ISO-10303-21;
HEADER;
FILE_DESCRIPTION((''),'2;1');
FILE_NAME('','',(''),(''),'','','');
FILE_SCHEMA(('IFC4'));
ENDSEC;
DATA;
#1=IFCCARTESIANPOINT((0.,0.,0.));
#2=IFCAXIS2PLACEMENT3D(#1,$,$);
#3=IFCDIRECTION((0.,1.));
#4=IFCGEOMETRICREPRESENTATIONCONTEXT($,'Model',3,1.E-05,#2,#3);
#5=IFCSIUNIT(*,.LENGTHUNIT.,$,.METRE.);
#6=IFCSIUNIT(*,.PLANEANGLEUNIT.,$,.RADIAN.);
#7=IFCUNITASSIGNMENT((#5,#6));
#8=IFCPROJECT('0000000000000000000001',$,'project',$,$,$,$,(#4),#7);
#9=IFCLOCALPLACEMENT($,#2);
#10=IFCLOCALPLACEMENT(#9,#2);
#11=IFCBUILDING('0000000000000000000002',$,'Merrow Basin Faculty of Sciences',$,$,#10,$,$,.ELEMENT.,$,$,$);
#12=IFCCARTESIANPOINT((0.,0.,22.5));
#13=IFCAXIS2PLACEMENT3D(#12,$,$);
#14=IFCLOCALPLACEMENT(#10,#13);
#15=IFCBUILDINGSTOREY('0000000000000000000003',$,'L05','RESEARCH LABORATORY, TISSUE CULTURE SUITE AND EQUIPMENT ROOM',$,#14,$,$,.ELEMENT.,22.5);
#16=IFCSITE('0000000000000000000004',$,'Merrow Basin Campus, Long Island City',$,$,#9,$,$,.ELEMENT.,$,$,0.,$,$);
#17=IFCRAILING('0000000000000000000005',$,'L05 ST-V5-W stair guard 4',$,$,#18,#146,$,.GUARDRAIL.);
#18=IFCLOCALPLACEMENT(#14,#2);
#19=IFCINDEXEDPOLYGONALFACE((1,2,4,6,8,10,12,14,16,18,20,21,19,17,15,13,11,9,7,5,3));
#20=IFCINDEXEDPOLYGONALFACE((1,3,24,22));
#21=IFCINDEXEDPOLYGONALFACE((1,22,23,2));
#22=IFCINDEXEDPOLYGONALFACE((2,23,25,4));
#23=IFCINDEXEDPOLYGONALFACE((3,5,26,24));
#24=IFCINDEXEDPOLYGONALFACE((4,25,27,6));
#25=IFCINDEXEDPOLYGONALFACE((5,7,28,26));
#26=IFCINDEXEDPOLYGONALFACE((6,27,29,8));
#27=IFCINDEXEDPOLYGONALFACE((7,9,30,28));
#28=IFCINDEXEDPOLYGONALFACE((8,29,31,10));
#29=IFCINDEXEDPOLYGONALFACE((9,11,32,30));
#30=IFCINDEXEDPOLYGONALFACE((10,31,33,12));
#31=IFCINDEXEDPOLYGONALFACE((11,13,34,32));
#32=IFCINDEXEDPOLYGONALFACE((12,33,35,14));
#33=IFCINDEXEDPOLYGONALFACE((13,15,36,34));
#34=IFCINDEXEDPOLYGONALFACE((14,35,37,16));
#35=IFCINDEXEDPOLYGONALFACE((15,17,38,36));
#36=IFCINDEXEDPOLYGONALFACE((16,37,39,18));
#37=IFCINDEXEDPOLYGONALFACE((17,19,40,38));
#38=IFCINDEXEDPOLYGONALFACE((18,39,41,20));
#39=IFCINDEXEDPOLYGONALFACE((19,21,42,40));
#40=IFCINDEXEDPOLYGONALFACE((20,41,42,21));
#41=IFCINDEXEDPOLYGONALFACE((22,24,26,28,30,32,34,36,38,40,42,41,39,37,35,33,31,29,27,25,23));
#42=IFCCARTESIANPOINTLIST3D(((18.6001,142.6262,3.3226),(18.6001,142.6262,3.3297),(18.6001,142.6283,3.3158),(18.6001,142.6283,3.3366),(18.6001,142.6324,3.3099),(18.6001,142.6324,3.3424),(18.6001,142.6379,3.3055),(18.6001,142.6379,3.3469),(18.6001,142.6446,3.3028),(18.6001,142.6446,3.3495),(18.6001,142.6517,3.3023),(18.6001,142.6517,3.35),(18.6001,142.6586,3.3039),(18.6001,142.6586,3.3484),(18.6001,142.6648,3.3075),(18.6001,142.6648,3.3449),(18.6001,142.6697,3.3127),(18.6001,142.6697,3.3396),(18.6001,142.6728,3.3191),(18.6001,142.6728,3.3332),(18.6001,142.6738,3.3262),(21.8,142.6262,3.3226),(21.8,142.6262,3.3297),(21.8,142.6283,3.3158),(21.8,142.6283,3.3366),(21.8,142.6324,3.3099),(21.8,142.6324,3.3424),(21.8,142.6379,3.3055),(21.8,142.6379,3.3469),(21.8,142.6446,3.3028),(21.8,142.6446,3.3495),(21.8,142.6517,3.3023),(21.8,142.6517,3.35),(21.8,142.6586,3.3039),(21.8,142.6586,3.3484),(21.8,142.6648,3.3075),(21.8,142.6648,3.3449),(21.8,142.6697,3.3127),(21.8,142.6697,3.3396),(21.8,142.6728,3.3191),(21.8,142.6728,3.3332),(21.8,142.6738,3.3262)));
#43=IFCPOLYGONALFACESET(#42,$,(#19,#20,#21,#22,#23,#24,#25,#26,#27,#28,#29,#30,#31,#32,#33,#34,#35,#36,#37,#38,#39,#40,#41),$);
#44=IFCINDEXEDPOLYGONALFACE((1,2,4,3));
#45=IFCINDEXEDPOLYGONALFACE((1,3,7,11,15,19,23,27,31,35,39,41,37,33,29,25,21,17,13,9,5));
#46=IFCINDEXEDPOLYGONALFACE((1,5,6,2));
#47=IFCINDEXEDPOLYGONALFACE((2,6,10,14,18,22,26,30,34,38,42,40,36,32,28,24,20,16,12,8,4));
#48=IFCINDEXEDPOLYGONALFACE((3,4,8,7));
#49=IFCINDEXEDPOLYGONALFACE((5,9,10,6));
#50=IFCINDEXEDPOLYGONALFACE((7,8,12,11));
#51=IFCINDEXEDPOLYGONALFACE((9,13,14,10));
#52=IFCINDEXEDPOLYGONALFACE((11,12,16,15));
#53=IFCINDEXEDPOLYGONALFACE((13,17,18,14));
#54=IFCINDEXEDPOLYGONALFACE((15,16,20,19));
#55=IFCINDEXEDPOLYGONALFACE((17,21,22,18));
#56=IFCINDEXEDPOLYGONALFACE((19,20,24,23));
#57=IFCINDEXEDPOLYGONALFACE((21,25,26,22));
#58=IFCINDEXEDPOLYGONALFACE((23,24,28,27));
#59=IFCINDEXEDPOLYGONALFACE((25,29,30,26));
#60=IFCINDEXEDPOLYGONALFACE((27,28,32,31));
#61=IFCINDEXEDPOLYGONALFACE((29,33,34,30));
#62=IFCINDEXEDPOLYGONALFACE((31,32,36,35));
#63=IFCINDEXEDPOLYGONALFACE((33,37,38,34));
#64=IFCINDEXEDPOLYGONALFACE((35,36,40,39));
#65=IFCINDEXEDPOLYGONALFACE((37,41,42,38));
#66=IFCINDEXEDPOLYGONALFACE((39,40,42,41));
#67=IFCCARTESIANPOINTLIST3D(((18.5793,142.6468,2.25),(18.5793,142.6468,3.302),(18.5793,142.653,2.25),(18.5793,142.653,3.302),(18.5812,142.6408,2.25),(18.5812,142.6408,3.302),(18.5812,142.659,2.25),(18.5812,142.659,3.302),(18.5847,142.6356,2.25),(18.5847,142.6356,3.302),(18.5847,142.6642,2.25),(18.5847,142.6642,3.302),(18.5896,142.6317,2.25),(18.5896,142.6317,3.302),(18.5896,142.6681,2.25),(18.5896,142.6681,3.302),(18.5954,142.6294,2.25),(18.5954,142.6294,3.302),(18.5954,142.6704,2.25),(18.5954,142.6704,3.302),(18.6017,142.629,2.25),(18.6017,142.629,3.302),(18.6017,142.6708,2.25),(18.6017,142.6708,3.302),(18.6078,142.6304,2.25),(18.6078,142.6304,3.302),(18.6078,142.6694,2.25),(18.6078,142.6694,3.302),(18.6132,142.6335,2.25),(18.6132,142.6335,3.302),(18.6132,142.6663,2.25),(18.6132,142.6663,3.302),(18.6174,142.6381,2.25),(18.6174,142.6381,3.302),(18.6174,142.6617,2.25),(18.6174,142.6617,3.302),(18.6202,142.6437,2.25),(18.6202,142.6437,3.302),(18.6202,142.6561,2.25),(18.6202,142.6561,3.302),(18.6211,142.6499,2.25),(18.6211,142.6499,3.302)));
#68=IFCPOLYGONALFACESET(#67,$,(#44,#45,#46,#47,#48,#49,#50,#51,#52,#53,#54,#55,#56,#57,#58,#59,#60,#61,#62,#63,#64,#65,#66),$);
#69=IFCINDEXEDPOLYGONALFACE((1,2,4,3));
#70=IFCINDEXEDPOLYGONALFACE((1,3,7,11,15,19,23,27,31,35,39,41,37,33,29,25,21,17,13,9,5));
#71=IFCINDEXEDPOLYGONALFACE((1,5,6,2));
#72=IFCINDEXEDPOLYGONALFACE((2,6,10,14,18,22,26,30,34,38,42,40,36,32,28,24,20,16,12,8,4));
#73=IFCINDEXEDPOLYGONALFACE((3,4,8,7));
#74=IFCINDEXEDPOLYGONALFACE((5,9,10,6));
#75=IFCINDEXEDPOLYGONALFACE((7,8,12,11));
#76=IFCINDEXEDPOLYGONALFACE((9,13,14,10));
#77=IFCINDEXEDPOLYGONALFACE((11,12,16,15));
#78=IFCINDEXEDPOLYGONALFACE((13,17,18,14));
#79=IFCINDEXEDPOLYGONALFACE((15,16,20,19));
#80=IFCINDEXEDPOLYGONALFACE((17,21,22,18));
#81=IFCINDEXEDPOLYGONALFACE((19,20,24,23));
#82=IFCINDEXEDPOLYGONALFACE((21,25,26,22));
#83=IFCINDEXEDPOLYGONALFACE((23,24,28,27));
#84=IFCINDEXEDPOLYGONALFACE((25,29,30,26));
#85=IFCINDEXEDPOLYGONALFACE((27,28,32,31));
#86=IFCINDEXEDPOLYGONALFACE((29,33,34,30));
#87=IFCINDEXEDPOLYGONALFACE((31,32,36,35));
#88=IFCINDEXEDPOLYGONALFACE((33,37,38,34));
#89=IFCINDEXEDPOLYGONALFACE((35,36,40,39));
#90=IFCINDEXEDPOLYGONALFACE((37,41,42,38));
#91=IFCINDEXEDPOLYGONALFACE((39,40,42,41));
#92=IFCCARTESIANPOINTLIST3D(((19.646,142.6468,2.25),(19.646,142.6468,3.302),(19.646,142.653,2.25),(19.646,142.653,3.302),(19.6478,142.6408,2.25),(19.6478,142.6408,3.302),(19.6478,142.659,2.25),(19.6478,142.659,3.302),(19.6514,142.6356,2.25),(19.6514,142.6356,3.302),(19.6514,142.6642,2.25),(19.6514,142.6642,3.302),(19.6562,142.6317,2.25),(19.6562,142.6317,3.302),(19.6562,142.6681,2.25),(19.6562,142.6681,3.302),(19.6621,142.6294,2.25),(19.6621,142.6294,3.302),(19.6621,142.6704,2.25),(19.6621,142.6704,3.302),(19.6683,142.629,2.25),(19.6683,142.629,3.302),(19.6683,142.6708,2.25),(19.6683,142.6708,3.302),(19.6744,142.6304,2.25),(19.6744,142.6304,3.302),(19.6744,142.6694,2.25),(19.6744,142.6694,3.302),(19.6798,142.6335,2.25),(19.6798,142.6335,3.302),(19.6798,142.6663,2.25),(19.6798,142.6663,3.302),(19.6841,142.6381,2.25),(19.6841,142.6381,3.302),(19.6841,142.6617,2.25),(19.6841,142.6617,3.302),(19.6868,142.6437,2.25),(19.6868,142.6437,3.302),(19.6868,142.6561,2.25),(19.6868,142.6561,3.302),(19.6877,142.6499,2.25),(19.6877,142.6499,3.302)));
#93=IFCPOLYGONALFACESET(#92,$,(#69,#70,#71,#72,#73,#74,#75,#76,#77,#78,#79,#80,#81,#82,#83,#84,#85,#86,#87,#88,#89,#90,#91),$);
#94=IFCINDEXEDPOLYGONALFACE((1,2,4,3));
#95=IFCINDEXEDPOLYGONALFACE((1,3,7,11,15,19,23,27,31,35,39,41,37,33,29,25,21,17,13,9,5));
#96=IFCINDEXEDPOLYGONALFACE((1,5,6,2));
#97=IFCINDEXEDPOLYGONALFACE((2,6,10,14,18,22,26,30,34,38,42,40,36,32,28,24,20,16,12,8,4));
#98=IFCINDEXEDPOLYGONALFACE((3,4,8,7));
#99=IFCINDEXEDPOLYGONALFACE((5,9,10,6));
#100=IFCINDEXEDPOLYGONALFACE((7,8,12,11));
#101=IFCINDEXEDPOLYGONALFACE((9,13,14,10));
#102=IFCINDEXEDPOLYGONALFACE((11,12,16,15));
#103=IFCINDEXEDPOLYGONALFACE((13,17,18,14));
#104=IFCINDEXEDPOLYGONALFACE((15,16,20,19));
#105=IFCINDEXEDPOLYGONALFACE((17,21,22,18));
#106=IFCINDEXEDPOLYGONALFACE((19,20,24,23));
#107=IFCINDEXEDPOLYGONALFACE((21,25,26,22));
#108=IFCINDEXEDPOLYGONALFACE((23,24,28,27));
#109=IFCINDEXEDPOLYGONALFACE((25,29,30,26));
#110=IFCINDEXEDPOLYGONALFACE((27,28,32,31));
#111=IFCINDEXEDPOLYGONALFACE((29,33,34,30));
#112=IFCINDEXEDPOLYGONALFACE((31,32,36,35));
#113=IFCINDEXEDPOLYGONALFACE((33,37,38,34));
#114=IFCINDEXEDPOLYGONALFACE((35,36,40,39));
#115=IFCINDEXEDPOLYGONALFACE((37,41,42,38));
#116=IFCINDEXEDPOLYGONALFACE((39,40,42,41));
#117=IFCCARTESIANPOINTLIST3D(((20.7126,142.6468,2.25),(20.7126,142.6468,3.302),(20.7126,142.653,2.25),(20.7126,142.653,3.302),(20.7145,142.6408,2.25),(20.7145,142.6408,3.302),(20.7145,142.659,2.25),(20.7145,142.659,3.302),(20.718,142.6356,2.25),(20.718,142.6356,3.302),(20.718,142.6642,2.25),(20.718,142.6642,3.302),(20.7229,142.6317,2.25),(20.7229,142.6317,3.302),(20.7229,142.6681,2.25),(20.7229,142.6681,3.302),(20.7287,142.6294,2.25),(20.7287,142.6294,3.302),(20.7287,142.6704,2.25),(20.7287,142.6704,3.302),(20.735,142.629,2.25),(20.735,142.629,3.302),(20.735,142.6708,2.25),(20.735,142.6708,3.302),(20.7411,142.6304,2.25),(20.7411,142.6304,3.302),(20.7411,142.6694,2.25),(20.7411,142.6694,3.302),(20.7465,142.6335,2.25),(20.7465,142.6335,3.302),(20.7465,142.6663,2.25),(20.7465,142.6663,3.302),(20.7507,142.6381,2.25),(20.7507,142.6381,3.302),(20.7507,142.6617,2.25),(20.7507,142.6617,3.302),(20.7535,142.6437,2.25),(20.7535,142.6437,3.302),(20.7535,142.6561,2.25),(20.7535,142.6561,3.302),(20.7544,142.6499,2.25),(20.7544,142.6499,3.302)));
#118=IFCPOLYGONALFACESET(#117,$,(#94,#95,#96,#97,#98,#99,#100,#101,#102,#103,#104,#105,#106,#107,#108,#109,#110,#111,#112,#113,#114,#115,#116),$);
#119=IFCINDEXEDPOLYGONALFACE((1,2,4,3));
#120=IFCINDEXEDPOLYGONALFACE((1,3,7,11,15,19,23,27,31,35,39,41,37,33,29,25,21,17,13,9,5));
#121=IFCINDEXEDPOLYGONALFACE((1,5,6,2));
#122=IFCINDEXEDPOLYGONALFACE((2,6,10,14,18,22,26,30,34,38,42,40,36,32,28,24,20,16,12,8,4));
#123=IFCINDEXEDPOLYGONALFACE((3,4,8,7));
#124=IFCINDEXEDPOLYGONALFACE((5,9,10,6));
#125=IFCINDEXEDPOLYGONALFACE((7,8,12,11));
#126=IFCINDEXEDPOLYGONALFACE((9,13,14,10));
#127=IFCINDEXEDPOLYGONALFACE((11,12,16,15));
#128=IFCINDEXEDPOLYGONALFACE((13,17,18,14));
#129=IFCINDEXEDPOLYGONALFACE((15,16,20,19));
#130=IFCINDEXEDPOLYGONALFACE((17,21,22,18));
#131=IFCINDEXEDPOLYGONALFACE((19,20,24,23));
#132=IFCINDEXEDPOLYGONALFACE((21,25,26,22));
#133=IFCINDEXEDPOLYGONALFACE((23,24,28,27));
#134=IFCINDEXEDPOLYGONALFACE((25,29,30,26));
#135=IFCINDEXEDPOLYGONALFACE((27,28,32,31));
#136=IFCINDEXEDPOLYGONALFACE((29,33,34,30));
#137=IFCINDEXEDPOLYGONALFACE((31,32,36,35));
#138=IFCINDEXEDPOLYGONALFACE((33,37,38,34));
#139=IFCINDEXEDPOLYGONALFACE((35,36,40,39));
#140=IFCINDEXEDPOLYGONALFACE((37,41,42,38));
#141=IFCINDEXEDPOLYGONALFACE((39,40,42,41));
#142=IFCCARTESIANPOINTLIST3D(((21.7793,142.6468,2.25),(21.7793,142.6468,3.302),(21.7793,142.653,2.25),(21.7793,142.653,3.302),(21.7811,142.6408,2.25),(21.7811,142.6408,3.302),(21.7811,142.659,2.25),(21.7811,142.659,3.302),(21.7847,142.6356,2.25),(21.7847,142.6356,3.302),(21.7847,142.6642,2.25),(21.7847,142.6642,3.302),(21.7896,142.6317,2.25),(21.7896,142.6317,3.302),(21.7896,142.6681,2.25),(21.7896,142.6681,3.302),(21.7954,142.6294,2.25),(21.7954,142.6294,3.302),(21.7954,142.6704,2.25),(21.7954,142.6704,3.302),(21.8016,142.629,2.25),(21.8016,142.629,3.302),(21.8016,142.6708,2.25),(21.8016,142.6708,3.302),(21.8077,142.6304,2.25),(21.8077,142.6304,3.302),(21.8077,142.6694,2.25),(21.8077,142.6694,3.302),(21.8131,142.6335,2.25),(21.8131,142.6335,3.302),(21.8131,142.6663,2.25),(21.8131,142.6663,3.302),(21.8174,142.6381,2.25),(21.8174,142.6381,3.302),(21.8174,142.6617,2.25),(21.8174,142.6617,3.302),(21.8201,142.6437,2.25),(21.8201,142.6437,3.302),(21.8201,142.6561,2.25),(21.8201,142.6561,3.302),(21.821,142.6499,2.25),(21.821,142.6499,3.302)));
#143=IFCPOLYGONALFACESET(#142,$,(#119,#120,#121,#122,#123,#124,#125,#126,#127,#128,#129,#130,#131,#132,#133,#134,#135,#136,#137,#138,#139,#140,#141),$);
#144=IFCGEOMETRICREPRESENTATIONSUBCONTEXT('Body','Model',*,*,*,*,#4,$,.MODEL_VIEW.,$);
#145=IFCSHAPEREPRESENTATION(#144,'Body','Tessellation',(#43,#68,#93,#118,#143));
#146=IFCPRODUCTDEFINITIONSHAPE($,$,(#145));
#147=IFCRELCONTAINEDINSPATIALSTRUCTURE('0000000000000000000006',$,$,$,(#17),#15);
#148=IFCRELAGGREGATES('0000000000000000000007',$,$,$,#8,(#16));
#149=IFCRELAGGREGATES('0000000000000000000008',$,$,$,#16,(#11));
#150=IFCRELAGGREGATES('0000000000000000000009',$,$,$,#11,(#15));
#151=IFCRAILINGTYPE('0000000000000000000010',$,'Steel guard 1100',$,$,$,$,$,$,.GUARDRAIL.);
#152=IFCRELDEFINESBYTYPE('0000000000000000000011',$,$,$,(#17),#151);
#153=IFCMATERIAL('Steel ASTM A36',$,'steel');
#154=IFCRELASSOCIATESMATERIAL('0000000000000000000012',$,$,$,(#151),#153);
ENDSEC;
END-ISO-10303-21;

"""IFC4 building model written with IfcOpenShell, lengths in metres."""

from ifc_helpers import new_model, si_unit, direction, frame, origin, origin_2d, place, context, subcontext, project, spatial, circle, extrude, material, type_object, element, save


model = new_model("IFC4")

# Units and contexts
model_context = context("Model", 3, precision=1e-05, world=origin(), true_north=direction((0.0, 1.0)))
body_context = subcontext(model_context, "Body", "Model", "MODEL_VIEW")
ifc_project = project(units=[si_unit("LENGTHUNIT", "METRE"), si_unit("PLANEANGLEUNIT", "RADIAN")], contexts=[model_context])

# Site, building, storey
site_placement = place(None, origin())
site = spatial("IfcSite", under=ifc_project, at=site_placement, Name="Merrow Basin Campus, Long Island City", CompositionType="ELEMENT", RefElevation=0.0)
building_placement = place(site_placement, origin())
building = spatial("IfcBuilding", under=site, at=building_placement, Name="Merrow Basin Faculty of Sciences", CompositionType="ELEMENT")
storey_placement = place(building_placement, frame((0.0, 0.0, 22.5)))
storey = spatial("IfcBuildingStorey", under=building, at=storey_placement, Name="L05", Description="RESEARCH LABORATORY, TISSUE CULTURE SUITE AND EQUIPMENT ROOM", CompositionType="ELEMENT", Elevation=22.5)

# Railing
ifc_material_1 = material(Name="Steel ASTM A36", Category="steel")
railing_type_1 = type_object("IfcRailingType", Name="Steel guard 1100", PredefinedType="GUARDRAIL", material=ifc_material_1)
railing_1_placement = place(storey_placement, frame((18.6001, 142.6499, 2.25)))
element("IfcRailing", 1, at=railing_1_placement, inside=storey, type_object=railing_type_1, Name="L05 ST-V5-W stair guard 4", PredefinedType="GUARDRAIL", context=body_context, shape_type="SweptSolid", body=[
    extrude(circle(Radius=0.0239, at=origin_2d()), frame((0.0, 0.0, 1.0762), z_axis=(1.0, 0.0, 0.0), x_axis=(0.0, 1.0, 0.0)), (0.0, 0.0, 1.0), 3.2),
    extrude(circle(Radius=0.021, at=origin_2d()), origin(), (0.0, 0.0, 1.0), 1.052),
    extrude(circle(Radius=0.021, at=origin_2d()), frame((1.0667, 0.0, 0.0)), (0.0, 0.0, 1.0), 1.052),
    extrude(circle(Radius=0.021, at=origin_2d()), frame((2.1333, 0.0, 0.0)), (0.0, 0.0, 1.0), 1.052),
    extrude(circle(Radius=0.021, at=origin_2d()), frame((3.2, 0.0, 0.0)), (0.0, 0.0, 1.0), 1.052),
])

save(model, "model.ifc")
